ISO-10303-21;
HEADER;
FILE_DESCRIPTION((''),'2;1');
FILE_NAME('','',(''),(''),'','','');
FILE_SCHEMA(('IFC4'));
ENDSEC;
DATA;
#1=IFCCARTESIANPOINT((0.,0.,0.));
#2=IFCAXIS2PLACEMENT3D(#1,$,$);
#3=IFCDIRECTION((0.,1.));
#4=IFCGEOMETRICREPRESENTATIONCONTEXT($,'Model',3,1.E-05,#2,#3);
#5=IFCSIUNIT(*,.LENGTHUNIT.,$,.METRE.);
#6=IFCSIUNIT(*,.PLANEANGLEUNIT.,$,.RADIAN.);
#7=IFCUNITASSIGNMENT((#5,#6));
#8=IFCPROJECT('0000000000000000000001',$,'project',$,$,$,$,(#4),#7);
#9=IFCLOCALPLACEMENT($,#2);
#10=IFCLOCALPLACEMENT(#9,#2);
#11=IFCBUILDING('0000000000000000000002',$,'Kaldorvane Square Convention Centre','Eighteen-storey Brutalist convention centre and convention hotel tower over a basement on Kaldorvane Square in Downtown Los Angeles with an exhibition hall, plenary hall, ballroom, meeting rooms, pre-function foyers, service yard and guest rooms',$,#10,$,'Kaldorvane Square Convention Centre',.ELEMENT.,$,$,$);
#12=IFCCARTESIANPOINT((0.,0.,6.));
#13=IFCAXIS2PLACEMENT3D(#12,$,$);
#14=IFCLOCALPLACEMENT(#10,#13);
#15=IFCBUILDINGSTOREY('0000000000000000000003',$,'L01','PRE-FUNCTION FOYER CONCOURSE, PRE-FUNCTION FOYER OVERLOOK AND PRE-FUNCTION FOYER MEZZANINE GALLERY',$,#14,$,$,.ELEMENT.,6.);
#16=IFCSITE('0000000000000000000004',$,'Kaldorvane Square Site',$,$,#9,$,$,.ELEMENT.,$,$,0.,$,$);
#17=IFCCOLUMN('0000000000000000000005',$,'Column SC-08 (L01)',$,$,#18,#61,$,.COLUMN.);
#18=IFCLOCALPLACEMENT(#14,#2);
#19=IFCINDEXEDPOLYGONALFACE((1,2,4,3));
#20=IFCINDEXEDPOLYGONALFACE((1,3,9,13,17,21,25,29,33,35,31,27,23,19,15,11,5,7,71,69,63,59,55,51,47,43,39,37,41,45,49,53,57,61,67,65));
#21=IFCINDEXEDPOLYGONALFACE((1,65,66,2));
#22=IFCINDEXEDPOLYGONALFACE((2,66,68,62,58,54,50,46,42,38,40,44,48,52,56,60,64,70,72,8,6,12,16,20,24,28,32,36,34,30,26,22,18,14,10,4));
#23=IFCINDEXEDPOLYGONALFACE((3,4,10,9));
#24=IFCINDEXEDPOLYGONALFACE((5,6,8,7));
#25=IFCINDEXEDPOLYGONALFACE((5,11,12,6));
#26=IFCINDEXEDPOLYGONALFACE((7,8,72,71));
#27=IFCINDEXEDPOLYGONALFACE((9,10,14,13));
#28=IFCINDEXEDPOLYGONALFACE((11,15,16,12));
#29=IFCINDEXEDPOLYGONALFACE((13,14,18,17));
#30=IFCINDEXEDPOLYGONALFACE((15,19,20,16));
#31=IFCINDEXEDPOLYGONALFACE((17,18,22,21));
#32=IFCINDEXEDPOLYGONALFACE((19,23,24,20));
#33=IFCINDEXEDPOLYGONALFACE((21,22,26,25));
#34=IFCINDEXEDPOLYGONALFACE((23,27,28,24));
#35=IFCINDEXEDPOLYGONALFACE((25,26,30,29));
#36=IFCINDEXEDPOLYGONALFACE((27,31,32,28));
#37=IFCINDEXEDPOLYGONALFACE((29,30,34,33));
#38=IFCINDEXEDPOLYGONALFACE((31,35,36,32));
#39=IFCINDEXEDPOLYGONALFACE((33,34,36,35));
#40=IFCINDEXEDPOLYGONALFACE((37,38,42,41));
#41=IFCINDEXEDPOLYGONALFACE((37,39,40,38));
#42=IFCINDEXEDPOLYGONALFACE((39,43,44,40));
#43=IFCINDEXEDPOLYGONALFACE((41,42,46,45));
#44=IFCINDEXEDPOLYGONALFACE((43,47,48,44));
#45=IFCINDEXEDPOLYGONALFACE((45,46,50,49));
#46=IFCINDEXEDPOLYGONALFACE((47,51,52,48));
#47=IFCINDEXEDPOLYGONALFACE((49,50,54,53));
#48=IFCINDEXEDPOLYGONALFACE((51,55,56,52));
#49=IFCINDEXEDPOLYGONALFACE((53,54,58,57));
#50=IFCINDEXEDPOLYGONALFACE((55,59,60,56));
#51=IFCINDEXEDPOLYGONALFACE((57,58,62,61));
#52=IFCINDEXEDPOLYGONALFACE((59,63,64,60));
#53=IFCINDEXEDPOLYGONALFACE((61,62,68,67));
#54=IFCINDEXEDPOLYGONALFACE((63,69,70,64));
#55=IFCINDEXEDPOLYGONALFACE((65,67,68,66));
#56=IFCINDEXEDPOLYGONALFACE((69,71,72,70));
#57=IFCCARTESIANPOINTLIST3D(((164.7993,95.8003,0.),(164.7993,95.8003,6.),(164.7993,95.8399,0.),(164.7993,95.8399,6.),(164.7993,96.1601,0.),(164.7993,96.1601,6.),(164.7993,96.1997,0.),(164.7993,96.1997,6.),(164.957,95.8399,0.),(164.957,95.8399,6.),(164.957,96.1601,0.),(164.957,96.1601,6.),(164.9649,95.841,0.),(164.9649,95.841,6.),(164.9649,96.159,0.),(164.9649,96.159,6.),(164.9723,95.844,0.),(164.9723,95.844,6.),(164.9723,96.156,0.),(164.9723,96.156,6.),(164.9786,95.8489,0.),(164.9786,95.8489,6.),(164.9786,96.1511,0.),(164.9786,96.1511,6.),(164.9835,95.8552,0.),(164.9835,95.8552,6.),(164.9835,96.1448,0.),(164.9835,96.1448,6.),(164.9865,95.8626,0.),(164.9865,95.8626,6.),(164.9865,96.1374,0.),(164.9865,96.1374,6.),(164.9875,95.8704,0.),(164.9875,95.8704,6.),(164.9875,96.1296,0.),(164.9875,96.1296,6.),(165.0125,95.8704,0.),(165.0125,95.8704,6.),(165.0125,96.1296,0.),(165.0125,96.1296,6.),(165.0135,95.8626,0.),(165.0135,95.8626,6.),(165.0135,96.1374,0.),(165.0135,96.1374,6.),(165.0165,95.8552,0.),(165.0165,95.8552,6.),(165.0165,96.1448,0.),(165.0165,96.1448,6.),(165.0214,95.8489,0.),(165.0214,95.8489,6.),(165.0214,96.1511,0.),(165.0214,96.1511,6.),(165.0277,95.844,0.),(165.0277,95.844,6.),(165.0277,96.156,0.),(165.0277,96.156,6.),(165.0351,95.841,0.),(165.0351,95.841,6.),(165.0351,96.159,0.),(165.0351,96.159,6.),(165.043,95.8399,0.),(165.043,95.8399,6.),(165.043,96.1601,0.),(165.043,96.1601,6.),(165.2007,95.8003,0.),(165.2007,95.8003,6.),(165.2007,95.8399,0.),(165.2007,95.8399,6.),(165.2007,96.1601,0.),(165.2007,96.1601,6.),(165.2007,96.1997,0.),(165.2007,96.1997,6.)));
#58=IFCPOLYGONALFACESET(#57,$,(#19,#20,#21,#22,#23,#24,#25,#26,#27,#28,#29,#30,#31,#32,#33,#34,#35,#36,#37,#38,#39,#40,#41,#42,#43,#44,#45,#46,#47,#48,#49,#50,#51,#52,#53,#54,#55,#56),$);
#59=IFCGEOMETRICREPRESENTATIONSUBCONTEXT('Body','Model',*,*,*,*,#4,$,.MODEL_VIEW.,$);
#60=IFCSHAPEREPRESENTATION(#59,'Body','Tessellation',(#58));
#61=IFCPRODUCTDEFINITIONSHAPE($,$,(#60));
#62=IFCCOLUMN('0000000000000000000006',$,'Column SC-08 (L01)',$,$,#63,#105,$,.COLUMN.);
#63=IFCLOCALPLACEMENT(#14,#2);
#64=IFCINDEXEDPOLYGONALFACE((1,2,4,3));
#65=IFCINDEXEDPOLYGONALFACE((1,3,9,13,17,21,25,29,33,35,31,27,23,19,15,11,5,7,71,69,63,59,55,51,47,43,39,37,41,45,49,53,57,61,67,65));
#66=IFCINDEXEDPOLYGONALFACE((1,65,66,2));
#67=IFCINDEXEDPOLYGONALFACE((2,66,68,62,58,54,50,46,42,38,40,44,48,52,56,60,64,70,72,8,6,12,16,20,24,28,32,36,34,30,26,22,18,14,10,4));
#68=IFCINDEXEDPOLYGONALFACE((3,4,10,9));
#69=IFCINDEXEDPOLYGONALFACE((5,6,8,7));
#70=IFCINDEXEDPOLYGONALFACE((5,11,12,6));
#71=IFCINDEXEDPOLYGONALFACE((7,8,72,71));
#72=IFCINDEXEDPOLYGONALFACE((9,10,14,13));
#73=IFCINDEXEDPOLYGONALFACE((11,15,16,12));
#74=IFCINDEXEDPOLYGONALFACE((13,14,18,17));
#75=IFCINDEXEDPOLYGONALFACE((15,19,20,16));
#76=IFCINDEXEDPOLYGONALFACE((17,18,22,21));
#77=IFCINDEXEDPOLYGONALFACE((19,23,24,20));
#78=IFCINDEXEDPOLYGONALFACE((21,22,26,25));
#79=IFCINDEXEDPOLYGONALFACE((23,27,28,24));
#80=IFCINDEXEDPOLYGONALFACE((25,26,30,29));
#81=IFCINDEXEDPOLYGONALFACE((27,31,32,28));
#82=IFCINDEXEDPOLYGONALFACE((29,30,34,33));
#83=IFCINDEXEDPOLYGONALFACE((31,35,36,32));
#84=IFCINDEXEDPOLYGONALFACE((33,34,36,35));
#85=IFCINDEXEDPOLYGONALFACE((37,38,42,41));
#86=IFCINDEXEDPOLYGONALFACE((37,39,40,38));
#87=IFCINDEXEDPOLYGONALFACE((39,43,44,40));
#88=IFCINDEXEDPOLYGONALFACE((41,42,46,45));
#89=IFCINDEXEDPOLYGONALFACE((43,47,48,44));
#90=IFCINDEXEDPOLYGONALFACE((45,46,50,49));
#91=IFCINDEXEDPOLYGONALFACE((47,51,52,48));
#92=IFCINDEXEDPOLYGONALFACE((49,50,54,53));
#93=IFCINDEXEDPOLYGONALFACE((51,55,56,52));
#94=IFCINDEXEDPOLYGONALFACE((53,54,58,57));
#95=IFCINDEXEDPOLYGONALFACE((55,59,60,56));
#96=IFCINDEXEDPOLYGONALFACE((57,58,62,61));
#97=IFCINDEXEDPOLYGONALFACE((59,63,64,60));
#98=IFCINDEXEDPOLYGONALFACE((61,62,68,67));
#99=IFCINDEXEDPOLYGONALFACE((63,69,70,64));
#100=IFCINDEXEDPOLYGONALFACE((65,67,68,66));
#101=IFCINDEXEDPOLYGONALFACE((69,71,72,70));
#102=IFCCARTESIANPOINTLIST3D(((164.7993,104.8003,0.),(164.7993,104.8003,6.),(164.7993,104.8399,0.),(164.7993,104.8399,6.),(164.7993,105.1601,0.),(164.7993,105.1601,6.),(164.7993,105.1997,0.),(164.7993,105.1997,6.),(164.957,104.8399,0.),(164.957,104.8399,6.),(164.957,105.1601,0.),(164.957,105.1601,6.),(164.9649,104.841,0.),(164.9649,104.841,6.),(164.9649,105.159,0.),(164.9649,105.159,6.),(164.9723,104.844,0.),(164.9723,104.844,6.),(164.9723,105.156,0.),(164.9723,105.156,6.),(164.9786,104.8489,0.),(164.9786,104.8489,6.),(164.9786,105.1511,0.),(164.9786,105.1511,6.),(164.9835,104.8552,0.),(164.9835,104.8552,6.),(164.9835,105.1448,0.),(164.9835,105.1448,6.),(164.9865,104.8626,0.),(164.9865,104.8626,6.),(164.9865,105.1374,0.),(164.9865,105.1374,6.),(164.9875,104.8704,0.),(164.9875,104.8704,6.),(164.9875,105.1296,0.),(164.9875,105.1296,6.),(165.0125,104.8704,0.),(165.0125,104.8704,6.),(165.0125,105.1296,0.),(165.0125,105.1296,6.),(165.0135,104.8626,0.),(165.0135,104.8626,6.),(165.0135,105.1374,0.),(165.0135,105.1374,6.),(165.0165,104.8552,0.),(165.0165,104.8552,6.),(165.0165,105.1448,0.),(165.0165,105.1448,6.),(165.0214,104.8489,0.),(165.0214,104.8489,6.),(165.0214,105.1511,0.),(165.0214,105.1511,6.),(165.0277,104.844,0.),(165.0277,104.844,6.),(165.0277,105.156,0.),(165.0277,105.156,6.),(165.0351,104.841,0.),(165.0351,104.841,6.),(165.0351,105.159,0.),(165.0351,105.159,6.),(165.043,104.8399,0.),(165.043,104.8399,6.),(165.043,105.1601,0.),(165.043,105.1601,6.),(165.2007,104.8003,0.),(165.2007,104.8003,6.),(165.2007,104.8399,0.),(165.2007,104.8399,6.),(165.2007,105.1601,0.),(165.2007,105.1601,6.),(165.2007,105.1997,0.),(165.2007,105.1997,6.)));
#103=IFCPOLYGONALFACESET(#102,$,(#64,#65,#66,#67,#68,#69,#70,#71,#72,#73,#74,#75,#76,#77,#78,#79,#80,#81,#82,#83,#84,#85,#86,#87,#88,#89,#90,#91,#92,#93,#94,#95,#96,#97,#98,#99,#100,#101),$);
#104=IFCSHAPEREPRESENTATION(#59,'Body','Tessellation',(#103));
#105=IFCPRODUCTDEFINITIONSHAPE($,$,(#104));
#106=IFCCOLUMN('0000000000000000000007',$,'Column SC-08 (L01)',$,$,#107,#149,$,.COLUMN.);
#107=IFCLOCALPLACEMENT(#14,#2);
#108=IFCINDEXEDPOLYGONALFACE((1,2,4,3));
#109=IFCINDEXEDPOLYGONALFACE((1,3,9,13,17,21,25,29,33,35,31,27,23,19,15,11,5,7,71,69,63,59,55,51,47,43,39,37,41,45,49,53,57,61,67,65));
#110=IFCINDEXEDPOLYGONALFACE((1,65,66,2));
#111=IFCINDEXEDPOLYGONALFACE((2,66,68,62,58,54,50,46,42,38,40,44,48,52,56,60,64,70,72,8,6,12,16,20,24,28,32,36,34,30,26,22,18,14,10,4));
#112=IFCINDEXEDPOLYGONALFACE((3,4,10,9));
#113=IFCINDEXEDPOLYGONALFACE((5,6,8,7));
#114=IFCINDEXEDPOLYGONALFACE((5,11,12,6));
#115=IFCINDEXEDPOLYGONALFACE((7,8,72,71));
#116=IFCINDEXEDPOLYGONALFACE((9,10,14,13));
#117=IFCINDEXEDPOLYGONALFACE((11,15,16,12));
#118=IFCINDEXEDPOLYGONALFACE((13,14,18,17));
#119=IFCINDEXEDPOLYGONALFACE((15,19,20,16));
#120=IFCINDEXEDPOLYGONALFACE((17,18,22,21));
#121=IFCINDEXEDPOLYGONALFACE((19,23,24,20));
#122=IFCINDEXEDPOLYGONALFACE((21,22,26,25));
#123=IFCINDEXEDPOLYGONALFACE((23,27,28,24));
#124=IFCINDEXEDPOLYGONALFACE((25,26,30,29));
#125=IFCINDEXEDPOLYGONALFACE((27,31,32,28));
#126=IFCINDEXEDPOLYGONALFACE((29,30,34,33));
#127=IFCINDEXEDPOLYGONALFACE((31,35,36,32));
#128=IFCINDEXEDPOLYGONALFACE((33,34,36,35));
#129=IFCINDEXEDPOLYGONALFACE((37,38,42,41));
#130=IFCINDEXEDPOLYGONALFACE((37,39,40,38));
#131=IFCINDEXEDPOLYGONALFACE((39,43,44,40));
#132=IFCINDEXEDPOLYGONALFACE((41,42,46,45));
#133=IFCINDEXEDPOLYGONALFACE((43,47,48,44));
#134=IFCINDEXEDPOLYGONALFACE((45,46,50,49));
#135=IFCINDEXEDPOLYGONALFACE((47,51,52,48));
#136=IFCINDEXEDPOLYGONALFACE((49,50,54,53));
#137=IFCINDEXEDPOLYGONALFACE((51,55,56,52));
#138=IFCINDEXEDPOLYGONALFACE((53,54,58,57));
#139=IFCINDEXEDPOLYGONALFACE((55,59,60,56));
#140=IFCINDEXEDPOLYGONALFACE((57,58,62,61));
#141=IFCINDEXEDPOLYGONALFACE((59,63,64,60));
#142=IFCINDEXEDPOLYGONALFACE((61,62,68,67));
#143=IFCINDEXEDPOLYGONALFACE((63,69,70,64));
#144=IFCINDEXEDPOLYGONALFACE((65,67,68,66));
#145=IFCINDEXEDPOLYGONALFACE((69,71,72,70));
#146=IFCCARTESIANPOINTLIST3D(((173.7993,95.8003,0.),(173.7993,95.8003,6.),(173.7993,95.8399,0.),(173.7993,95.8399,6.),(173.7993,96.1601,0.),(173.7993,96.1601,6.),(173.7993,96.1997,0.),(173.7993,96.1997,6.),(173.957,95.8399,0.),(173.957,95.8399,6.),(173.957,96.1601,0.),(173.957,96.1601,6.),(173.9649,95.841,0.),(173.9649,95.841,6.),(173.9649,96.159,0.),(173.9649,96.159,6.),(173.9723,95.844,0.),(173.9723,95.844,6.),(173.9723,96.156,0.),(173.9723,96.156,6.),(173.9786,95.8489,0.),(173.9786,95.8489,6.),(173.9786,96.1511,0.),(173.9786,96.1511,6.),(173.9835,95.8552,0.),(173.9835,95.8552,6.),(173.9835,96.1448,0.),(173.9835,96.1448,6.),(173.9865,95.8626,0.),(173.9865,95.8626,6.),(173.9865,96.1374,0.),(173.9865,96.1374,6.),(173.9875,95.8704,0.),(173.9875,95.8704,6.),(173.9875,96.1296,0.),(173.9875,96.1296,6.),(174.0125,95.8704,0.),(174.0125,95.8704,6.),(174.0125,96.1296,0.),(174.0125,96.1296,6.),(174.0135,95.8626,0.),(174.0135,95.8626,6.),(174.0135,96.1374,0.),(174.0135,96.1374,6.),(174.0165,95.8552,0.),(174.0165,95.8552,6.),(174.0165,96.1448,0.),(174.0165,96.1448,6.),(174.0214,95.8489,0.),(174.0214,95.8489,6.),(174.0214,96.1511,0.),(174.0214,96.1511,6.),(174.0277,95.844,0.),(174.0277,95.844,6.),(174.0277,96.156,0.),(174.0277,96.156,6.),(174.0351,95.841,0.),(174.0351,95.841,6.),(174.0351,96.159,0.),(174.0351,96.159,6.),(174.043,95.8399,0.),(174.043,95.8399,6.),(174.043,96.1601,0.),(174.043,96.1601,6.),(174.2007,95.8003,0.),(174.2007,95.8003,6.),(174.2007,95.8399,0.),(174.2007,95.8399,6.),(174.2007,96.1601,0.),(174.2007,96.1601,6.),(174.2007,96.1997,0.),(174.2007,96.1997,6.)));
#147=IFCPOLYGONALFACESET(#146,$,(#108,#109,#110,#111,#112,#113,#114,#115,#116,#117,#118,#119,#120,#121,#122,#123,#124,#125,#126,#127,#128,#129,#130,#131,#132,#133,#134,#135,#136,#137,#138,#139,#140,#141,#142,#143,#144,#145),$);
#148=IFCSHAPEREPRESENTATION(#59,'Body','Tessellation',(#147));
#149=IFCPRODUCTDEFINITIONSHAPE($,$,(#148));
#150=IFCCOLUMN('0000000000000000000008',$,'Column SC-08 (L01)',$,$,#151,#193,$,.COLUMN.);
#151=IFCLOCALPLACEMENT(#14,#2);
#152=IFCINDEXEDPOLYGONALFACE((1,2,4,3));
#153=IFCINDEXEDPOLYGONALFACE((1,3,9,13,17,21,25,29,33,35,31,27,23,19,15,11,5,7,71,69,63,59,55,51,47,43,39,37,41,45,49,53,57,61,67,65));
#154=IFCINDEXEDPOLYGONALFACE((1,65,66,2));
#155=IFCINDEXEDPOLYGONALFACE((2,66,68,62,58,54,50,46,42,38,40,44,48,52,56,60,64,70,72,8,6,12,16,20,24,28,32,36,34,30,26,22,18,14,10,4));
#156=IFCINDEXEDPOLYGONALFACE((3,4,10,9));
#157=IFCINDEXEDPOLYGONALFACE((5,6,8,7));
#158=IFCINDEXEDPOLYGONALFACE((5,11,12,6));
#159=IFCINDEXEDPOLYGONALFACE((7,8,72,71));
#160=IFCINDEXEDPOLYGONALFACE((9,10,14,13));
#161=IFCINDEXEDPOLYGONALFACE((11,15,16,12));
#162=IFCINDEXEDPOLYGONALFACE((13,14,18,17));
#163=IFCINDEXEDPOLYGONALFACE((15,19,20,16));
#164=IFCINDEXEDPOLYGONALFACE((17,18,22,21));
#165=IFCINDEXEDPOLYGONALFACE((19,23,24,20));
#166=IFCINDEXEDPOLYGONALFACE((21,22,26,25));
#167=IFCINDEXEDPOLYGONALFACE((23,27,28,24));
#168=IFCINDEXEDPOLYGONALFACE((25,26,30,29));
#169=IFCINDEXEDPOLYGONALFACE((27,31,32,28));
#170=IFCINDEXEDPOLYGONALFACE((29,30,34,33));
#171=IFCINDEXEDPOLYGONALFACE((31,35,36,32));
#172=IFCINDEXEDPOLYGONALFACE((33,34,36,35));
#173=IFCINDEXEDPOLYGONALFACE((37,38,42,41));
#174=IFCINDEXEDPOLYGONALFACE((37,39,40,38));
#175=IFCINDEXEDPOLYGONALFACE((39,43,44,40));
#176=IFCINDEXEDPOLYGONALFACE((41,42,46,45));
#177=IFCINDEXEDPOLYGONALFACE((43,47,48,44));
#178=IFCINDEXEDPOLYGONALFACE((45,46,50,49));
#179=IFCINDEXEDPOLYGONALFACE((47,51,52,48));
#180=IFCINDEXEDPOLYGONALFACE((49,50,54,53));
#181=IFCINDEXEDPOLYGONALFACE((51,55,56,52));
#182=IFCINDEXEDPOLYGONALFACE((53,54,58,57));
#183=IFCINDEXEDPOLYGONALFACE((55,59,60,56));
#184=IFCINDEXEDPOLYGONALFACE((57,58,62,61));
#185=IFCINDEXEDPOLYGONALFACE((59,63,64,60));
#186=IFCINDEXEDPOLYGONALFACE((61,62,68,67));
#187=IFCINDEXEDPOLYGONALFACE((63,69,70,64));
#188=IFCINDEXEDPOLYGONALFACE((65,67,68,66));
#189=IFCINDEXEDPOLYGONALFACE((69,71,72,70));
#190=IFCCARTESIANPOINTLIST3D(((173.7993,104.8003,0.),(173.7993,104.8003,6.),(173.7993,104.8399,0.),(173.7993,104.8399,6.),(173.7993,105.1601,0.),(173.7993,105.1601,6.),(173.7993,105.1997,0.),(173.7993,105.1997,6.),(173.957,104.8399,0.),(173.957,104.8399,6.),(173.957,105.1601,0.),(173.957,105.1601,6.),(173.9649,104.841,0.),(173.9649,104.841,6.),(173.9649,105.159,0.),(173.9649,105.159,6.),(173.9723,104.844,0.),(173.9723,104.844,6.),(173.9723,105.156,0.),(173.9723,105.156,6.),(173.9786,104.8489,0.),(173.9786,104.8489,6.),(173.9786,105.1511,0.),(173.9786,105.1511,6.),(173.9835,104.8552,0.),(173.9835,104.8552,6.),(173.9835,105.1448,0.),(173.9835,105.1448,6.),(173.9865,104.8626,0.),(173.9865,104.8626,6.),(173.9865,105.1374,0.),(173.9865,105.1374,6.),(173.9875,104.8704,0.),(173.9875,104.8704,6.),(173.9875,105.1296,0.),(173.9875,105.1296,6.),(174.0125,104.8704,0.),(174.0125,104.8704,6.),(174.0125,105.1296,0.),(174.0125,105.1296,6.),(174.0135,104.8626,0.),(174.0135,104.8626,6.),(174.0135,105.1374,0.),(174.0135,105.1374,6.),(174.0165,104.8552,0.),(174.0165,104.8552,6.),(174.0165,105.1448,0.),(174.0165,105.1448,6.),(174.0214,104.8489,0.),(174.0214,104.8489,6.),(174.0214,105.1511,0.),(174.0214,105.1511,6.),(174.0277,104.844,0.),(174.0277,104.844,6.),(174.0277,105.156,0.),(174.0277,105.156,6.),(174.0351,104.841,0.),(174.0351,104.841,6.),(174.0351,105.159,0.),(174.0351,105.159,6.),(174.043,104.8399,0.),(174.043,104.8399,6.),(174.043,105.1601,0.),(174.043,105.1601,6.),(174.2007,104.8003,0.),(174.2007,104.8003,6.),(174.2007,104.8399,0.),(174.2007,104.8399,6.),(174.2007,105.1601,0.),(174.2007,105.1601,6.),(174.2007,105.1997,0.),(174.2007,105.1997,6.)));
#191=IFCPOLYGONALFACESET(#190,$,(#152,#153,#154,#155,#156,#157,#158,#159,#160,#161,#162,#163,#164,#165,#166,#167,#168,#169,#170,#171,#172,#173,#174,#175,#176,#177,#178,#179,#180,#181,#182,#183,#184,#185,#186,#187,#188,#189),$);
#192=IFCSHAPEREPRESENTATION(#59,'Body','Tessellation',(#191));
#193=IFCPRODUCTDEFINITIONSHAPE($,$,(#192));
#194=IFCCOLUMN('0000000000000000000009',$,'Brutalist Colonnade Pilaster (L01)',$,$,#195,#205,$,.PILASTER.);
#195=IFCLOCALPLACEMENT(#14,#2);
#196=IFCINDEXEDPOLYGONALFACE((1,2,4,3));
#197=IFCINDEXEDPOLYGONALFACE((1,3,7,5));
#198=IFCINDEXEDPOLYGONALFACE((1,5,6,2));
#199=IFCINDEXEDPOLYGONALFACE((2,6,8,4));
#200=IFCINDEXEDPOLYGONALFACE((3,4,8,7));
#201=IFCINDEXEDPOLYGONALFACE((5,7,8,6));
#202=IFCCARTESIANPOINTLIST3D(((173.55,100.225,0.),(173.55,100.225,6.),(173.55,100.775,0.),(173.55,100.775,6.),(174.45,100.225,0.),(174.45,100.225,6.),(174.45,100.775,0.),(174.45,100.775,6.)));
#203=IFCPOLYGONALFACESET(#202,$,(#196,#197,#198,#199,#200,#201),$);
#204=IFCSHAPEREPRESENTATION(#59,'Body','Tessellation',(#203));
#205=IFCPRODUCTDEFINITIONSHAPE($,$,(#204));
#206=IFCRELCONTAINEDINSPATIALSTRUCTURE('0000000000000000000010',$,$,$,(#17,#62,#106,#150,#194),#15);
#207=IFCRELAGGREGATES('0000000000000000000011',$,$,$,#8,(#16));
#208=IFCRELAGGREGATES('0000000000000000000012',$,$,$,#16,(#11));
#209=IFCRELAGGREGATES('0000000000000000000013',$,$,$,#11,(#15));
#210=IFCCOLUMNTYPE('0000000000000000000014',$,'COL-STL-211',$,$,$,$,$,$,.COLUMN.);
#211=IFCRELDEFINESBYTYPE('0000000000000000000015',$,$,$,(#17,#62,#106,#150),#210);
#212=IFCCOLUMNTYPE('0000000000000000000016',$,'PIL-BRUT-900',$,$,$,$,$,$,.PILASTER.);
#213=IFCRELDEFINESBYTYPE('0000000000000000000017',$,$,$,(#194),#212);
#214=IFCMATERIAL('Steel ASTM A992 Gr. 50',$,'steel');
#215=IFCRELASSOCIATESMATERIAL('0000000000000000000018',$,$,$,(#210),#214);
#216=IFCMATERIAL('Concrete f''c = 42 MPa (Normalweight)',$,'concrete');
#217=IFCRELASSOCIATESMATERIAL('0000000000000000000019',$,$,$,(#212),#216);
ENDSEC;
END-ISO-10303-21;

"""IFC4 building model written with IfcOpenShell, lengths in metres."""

from ifc_helpers import new_model, si_unit, direction, frame, origin, origin_2d, place, context, subcontext, project, spatial, rectangle, i_section, extrude, material, material_profile, profile_set, type_object, element, save


model = new_model("IFC4")

# Units and contexts
model_context = context("Model", 3, precision=1e-05, world=origin(), true_north=direction((0.0, 1.0)))
body_context = subcontext(model_context, "Body", "Model", "MODEL_VIEW")
ifc_project = project(units=[si_unit("LENGTHUNIT", "METRE"), si_unit("PLANEANGLEUNIT", "RADIAN")], contexts=[model_context])

# Site, building, storey
site_placement = place(None, origin())
site = spatial("IfcSite", under=ifc_project, at=site_placement, Name="Kaldorvane Square Site", CompositionType="ELEMENT", RefElevation=0.0)
building_placement = place(site_placement, origin())
building = spatial("IfcBuilding", under=site, at=building_placement, Name="Kaldorvane Square Convention Centre", Description="Eighteen-storey Brutalist convention centre and convention hotel tower over a basement on Kaldorvane Square in Downtown Los Angeles with an exhibition hall, plenary hall, ballroom, meeting rooms, pre-function foyers, service yard and guest rooms", LongName="Kaldorvane Square Convention Centre", CompositionType="ELEMENT")
storey_placement = place(building_placement, frame((0.0, 0.0, 6.0)))
storey = spatial("IfcBuildingStorey", under=building, at=storey_placement, Name="L01", Description="PRE-FUNCTION FOYER CONCOURSE, PRE-FUNCTION FOYER OVERLOOK AND PRE-FUNCTION FOYER MEZZANINE GALLERY", CompositionType="ELEMENT", Elevation=6.0)

# Columns
ifc_material_1 = material(Name="Steel ASTM A992 Gr. 50", Category="steel")
ifc_material_profile_1 = material_profile(ifc_material_1, i_section(OverallWidth=0.4013, OverallDepth=0.3993, WebThickness=0.0249, FlangeThickness=0.0396, FilletRadius=0.0305, at=origin_2d()), Name="W14X211")
ifc_profile_set_1 = profile_set([ifc_material_profile_1], Name="Steel ASTM A992 Gr. 50")
column_type_1 = type_object("IfcColumnType", Name="COL-STL-211", PredefinedType="COLUMN", material=ifc_profile_set_1)
for number, where, z_axis, x_axis, name in (
    (1, (165.0, 96.0, 0.0), (0.0, 0.0, 1.0), (1.0, 0.0, 0.0), "Column SC-08 (L01)"),
    (2, (165.0, 105.0, 0.0), (0.0, 0.0, 1.0), (1.0, 0.0, 0.0), "Column SC-08 (L01)"),
    (3, (174.0, 96.0, 0.0), (0.0, 0.0, 1.0), (1.0, 0.0, 0.0), "Column SC-08 (L01)"),
    (4, (174.0, 105.0, 0.0), (0.0, 0.0, 1.0), (1.0, 0.0, 0.0), "Column SC-08 (L01)"),
):
    element("IfcColumn", number, at=place(storey_placement, frame(where, z_axis=z_axis, x_axis=x_axis)), inside=storey, type_object=column_type_1, Name=name, PredefinedType="COLUMN", context=body_context, shape_type="SweptSolid", body=[
        extrude(i_section(OverallWidth=0.4013, OverallDepth=0.3993, WebThickness=0.0249, FlangeThickness=0.0396, FilletRadius=0.0305, at=origin_2d()), origin(), (0.0, 0.0, 1.0), 6.0),
    ])
ifc_material_2 = material(Name="Concrete f'c = 42 MPa (Normalweight)", Category="concrete")
ifc_material_profile_2 = material_profile(ifc_material_2, rectangle(XDim=0.55, YDim=0.9, at=origin_2d()), Name="PIL900X550")
ifc_profile_set_2 = profile_set([ifc_material_profile_2], Name="Concrete f'c = 42 MPa (Normalweight)")
column_type_2 = type_object("IfcColumnType", Name="PIL-BRUT-900", PredefinedType="PILASTER", material=ifc_profile_set_2)
column_placement = place(storey_placement, frame((174.0, 100.5, 0.0), z_axis=(0.0, 0.0, 1.0), x_axis=(0.0, 1.0, 0.0)))
element("IfcColumn", 5, at=column_placement, inside=storey, type_object=column_type_2, Name="Brutalist Colonnade Pilaster (L01)", PredefinedType="PILASTER", context=body_context, shape_type="SweptSolid", body=[
    extrude(rectangle(XDim=0.55, YDim=0.9, at=origin_2d()), origin(), (0.0, 0.0, 1.0), 6.0),
])

save(model, "model.ifc")
